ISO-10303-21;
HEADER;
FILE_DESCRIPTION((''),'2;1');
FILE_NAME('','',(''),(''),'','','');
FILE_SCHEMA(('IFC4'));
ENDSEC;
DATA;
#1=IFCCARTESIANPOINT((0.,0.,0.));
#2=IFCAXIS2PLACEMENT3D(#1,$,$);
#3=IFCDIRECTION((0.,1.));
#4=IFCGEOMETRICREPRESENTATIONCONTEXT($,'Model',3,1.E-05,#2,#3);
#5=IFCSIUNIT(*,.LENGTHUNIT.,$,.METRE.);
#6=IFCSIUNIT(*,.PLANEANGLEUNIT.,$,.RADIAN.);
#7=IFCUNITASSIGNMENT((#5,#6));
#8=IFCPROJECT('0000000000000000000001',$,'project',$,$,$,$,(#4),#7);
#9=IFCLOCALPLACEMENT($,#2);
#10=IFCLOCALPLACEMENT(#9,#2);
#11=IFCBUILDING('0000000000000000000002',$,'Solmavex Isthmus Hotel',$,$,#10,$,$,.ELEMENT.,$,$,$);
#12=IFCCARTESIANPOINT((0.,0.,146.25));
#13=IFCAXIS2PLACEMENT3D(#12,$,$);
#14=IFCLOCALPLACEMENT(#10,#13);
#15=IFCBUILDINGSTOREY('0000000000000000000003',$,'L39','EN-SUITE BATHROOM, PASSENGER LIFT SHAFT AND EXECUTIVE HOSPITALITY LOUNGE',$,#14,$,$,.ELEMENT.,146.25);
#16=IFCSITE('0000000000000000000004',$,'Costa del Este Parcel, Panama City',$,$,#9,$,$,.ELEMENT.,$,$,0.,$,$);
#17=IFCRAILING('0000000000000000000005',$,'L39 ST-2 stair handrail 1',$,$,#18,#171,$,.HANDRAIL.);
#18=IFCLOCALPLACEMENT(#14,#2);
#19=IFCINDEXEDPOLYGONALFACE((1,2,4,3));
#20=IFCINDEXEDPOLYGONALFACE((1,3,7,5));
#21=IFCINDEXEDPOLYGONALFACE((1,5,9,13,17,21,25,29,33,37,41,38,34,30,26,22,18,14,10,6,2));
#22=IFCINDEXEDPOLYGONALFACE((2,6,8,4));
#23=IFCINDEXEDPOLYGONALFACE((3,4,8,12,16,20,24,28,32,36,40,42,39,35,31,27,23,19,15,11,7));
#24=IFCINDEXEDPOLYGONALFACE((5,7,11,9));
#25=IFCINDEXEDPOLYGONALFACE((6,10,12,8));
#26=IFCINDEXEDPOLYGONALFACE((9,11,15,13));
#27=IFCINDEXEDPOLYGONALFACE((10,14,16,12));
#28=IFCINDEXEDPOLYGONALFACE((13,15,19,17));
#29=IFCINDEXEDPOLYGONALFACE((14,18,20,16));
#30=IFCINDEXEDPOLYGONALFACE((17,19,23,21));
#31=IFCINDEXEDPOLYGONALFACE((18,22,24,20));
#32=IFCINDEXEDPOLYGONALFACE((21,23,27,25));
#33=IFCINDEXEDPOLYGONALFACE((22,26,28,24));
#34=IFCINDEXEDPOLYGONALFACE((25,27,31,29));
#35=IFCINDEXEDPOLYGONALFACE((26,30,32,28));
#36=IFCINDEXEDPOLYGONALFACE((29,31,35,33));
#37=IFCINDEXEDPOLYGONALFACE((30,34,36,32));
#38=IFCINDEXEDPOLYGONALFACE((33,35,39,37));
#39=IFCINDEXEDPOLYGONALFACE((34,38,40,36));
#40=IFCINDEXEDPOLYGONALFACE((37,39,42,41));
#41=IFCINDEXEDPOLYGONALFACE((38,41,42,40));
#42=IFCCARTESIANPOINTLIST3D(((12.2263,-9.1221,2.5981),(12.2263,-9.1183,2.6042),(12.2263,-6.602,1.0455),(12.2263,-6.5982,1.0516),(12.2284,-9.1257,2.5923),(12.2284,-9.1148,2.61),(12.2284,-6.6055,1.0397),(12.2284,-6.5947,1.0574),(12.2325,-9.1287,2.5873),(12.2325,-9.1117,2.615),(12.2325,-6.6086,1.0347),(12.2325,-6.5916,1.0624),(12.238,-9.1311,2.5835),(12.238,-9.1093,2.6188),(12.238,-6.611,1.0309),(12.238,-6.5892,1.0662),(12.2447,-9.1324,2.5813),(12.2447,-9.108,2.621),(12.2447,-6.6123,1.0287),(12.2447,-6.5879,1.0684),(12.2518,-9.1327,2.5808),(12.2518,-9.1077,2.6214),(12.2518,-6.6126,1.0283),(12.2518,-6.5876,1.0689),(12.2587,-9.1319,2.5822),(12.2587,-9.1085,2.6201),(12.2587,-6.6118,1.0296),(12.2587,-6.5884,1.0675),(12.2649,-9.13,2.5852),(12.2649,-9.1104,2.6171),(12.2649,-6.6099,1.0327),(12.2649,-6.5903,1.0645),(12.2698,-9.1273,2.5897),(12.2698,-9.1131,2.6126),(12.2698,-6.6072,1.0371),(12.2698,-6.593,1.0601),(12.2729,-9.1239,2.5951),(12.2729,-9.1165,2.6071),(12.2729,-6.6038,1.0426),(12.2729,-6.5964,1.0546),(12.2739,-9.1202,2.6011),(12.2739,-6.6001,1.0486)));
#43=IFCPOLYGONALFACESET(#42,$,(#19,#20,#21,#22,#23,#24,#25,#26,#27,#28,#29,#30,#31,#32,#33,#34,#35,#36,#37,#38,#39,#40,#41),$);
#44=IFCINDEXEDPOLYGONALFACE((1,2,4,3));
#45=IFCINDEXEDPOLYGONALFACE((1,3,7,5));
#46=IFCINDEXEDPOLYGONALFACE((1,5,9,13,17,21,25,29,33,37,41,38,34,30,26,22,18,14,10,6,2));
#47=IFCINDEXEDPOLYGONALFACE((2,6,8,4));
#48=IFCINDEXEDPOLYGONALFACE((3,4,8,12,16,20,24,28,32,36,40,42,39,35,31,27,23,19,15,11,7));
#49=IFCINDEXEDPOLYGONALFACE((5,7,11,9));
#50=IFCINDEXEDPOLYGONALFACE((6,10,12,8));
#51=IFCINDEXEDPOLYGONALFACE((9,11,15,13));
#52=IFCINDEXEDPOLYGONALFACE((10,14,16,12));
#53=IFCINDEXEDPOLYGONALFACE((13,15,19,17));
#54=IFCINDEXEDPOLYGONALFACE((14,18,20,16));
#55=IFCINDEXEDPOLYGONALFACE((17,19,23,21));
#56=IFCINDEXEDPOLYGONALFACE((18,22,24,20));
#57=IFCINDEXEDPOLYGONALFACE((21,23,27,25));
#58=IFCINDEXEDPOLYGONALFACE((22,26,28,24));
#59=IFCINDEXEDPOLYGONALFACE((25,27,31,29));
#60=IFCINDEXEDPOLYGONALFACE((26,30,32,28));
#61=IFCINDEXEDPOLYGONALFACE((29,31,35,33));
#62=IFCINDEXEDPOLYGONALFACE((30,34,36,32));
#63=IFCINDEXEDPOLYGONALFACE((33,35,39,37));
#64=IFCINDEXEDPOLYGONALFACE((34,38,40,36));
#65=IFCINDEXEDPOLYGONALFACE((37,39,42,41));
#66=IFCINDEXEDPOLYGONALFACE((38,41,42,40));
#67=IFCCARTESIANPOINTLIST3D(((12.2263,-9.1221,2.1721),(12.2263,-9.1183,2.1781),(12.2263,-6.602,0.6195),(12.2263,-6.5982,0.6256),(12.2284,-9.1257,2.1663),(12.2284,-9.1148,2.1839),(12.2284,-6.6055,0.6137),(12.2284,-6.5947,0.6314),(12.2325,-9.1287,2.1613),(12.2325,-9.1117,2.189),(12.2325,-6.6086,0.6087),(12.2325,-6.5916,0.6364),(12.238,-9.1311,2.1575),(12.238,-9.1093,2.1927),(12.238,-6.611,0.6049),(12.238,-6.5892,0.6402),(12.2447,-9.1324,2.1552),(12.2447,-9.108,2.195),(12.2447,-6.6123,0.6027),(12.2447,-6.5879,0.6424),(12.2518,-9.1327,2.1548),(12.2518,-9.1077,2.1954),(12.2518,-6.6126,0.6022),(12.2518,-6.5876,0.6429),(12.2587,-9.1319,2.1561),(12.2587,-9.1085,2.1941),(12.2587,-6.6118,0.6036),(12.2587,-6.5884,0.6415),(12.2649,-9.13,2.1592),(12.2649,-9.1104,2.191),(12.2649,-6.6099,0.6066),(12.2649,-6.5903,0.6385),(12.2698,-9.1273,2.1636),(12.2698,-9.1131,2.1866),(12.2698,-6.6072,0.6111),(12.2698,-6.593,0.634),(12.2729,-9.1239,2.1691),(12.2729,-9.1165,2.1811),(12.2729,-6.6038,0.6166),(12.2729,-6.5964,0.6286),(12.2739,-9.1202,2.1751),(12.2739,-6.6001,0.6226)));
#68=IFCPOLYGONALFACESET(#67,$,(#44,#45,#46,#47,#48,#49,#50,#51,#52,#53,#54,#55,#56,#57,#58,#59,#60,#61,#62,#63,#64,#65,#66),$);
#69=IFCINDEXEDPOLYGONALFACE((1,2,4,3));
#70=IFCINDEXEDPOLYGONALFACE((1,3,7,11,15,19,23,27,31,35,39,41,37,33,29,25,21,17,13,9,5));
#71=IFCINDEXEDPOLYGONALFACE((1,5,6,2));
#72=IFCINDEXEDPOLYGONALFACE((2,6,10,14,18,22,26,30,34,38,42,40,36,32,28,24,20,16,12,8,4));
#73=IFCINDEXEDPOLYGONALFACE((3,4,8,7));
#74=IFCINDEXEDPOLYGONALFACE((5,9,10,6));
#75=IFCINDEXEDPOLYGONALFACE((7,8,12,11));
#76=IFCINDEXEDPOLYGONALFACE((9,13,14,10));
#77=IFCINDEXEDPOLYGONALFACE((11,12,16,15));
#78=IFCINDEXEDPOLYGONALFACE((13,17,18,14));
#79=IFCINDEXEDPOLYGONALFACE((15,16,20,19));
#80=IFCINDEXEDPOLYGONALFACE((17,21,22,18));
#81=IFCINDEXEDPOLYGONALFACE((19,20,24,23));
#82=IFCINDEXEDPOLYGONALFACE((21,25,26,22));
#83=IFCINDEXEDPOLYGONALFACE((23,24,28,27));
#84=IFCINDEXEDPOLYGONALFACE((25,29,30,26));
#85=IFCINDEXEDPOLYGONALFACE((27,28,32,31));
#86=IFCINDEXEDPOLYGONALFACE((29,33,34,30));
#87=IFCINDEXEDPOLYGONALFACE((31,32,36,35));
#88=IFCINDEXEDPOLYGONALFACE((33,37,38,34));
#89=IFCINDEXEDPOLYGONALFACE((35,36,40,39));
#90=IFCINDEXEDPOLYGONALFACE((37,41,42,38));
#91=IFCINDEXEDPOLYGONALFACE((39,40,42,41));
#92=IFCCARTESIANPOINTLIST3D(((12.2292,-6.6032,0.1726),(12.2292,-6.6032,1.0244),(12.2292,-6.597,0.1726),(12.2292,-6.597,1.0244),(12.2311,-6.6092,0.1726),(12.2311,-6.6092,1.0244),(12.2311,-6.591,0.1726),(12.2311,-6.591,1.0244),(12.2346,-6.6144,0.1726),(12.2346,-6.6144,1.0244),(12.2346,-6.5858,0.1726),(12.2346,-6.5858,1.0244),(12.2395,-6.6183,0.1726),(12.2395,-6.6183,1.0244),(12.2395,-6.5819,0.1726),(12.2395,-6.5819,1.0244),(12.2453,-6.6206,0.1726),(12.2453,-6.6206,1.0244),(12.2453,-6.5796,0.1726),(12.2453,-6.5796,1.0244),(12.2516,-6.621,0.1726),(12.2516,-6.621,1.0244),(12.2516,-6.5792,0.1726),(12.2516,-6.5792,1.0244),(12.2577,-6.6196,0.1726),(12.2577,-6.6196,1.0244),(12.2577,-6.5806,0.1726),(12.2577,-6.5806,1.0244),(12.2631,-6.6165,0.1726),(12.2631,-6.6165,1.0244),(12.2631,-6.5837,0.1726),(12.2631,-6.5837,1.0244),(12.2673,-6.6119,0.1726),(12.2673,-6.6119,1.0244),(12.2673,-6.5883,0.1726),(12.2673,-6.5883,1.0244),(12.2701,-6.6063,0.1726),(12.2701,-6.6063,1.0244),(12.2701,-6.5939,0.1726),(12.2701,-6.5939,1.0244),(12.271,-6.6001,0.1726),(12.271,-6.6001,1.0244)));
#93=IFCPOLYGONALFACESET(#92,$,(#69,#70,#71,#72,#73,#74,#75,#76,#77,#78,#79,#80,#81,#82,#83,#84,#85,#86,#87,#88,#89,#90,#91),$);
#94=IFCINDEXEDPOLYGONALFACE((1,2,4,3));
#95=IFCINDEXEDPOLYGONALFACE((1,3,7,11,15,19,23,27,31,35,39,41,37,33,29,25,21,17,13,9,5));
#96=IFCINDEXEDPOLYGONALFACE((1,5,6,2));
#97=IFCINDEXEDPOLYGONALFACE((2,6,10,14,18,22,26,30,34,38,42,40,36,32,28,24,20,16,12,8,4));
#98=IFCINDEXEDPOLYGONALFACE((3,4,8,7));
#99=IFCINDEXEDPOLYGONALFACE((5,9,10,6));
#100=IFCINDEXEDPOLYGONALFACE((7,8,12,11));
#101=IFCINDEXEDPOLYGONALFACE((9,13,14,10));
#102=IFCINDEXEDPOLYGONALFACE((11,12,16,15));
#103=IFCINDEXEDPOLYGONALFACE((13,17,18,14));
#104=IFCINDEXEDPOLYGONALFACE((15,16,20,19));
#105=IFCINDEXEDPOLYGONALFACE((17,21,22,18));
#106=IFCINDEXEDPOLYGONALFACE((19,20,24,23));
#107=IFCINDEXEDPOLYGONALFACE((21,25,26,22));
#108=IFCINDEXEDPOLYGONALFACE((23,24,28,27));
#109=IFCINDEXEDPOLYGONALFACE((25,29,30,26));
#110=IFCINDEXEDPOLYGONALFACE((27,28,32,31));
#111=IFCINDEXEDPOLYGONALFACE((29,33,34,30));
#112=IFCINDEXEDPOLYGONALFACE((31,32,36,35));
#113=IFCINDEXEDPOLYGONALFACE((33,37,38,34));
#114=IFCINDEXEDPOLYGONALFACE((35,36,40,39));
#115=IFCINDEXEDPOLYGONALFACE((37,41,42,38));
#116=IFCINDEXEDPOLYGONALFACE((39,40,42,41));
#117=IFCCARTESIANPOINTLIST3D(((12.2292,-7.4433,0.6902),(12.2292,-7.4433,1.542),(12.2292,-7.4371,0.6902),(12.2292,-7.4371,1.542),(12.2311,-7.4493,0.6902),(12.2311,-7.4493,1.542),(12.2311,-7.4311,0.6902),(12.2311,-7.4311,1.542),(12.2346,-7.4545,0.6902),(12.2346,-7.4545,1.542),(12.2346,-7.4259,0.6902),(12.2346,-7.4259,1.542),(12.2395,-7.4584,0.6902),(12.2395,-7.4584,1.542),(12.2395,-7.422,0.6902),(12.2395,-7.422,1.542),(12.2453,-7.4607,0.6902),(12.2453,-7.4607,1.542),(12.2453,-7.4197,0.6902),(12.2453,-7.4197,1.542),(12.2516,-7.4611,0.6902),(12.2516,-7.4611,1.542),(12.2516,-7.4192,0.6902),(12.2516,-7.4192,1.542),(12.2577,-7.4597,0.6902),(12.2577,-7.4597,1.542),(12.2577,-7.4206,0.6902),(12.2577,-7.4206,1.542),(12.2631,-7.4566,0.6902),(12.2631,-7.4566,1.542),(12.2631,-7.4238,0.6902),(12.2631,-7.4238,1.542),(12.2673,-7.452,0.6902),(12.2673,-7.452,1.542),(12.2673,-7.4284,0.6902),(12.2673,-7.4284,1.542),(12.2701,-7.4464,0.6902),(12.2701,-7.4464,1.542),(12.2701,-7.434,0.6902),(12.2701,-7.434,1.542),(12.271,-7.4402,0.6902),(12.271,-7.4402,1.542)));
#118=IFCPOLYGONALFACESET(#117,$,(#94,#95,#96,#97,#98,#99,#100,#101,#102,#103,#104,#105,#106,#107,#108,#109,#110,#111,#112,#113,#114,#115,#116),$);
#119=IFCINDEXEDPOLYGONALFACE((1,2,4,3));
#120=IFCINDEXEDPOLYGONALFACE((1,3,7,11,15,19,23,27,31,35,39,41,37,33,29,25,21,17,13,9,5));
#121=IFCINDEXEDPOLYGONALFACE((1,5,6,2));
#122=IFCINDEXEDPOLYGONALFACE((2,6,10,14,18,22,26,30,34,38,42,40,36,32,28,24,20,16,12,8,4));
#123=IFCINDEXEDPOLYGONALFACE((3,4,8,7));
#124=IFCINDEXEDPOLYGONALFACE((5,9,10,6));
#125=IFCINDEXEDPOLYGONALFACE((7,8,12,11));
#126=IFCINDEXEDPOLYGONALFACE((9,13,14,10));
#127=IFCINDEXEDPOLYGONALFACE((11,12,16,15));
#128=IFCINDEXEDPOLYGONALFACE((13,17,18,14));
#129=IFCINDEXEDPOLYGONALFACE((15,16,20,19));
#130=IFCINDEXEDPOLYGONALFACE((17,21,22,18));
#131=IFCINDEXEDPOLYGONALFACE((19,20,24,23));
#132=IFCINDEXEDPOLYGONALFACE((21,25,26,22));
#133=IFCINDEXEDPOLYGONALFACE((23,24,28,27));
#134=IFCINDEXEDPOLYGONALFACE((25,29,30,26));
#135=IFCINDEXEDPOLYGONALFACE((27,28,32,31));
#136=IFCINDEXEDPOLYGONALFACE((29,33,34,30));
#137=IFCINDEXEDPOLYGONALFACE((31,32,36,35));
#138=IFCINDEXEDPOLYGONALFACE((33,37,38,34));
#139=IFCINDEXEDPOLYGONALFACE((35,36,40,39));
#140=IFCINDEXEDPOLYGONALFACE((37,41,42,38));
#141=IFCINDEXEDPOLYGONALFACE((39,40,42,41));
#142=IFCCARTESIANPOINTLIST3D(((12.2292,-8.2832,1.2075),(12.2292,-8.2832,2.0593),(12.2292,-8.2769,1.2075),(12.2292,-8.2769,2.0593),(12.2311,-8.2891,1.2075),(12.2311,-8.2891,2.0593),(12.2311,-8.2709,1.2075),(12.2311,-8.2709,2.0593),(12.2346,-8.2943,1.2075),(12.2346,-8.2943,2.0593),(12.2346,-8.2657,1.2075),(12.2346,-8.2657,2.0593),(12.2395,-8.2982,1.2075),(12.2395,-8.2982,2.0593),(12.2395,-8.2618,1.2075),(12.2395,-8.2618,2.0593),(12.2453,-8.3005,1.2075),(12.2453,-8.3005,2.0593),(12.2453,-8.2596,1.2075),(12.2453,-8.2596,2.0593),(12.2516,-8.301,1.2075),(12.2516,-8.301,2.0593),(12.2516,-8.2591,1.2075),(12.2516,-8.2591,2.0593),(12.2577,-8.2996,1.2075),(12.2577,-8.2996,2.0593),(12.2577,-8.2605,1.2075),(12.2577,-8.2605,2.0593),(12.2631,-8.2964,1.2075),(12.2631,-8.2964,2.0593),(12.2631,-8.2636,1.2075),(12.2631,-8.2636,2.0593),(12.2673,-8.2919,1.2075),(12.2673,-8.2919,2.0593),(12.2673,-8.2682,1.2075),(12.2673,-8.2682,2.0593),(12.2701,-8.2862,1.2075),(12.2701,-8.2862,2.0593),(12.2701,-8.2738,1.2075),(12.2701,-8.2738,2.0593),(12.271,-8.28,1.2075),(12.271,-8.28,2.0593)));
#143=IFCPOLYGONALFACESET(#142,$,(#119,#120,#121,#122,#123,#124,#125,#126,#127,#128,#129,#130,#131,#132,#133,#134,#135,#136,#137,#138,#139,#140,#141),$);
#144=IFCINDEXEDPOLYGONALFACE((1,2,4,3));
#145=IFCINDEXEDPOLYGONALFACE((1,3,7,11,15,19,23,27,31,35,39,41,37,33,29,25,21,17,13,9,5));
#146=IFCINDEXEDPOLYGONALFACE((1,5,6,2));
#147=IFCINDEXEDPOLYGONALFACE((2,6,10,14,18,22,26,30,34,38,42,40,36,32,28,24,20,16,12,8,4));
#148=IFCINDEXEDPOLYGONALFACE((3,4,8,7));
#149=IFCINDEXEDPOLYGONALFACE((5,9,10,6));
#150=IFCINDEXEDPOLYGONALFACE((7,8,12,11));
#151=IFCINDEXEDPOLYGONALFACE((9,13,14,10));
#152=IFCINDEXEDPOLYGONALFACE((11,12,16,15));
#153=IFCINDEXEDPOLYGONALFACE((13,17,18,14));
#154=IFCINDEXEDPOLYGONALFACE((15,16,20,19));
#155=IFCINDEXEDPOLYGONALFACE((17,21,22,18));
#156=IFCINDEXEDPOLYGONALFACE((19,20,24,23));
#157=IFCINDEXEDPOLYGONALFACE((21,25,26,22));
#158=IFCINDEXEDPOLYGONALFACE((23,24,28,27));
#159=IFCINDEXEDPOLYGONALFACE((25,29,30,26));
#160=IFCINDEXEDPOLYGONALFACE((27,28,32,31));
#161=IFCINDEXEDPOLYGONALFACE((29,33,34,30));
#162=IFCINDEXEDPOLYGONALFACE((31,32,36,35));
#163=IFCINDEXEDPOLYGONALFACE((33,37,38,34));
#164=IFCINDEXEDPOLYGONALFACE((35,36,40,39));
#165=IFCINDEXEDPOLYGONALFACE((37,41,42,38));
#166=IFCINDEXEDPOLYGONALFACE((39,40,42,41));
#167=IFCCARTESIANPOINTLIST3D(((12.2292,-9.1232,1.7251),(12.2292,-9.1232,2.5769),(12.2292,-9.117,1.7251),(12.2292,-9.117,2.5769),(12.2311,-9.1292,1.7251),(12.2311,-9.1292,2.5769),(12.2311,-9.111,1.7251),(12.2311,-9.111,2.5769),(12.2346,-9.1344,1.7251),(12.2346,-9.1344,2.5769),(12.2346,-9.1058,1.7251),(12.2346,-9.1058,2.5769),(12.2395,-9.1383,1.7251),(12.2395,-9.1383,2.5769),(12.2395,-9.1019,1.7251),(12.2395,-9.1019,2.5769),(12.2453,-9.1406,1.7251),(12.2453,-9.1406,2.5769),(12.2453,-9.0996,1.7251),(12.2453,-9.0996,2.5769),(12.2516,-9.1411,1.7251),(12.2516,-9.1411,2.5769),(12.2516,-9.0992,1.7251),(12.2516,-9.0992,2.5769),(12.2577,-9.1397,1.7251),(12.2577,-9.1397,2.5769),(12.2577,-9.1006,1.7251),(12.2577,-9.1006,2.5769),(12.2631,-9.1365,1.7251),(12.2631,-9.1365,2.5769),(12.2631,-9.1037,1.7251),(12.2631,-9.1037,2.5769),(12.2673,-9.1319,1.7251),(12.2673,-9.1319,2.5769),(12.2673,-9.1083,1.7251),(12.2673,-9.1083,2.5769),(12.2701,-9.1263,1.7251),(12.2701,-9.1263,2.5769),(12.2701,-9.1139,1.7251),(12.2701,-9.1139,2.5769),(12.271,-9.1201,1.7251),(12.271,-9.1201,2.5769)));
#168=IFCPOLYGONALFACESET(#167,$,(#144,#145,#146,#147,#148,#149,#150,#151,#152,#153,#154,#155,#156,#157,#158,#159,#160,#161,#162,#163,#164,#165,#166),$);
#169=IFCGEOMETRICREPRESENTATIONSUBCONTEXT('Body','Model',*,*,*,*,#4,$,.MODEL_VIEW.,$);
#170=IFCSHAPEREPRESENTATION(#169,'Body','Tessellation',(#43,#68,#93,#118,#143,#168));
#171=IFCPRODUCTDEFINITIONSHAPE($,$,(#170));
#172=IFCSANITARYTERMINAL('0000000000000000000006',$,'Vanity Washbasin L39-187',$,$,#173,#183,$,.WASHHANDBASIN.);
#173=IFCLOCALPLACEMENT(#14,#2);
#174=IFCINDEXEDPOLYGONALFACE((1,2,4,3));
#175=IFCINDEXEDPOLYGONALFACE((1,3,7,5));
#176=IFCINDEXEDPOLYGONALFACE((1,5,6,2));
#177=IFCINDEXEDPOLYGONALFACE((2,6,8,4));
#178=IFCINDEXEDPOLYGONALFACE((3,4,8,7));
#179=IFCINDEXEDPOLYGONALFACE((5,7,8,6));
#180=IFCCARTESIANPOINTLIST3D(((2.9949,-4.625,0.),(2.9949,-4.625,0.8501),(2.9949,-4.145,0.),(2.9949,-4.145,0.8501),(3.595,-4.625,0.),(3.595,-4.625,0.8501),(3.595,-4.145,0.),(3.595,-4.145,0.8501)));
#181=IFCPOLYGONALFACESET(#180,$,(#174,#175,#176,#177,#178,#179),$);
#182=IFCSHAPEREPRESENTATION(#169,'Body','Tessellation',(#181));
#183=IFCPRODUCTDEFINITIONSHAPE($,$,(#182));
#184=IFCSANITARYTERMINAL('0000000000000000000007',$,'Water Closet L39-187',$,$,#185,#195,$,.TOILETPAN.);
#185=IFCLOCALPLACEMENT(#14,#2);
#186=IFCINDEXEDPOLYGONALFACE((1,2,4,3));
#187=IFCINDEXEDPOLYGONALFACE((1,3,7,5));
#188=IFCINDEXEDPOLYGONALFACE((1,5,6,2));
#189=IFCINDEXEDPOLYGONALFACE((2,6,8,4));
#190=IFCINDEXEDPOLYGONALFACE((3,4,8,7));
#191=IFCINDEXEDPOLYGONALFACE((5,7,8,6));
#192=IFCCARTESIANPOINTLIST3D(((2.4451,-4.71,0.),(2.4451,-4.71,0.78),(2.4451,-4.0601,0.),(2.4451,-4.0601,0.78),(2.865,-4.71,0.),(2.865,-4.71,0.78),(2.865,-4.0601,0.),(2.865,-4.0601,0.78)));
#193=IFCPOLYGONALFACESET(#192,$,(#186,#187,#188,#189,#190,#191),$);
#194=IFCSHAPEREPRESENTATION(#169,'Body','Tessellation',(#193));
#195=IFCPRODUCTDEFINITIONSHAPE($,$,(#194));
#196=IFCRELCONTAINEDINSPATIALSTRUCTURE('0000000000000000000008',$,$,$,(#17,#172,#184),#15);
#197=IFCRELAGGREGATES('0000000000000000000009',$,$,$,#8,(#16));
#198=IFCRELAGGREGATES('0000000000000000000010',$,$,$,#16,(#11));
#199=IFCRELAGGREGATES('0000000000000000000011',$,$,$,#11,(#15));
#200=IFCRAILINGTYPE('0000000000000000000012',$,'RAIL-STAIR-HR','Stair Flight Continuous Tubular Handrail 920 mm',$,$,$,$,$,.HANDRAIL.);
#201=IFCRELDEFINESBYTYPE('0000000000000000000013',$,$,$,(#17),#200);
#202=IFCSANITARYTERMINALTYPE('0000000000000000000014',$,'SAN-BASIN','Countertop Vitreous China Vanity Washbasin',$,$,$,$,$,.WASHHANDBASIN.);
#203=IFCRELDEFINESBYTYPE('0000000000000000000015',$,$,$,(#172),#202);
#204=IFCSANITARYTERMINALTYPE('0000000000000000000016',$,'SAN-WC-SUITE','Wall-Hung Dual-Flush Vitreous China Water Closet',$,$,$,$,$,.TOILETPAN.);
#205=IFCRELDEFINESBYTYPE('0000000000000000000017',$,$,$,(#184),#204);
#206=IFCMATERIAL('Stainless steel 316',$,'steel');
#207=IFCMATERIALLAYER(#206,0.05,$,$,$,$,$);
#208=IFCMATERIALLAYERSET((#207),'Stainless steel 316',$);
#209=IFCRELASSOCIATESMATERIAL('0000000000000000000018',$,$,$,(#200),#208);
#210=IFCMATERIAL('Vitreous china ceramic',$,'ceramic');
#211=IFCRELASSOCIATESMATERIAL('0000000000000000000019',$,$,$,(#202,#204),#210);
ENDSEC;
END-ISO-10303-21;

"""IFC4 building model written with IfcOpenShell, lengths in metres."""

from ifc_helpers import new_model, si_unit, direction, frame, origin, origin_2d, place, context, subcontext, project, spatial, rectangle, circle, extrude, material, layer, layer_set, type_object, element, save


model = new_model("IFC4")

# Units and contexts
model_context = context("Model", 3, precision=1e-05, world=origin(), true_north=direction((0.0, 1.0)))
body_context = subcontext(model_context, "Body", "Model", "MODEL_VIEW")
ifc_project = project(units=[si_unit("LENGTHUNIT", "METRE"), si_unit("PLANEANGLEUNIT", "RADIAN")], contexts=[model_context])

# Site, building, storey
site_placement = place(None, origin())
site = spatial("IfcSite", under=ifc_project, at=site_placement, Name="Costa del Este Parcel, Panama City", CompositionType="ELEMENT", RefElevation=0.0)
building_placement = place(site_placement, origin())
building = spatial("IfcBuilding", under=site, at=building_placement, Name="Solmavex Isthmus Hotel", CompositionType="ELEMENT")
storey_placement = place(building_placement, frame((0.0, 0.0, 146.25)))
storey = spatial("IfcBuildingStorey", under=building, at=storey_placement, Name="L39", Description="EN-SUITE BATHROOM, PASSENGER LIFT SHAFT AND EXECUTIVE HOSPITALITY LOUNGE", CompositionType="ELEMENT", Elevation=146.25)

# Shared definitions
ifc_material_1 = material(Name="Stainless steel 316", Category="steel")

# Railing
ifc_layer_1 = layer(ifc_material_1, 0.05)
ifc_layer_set_1 = layer_set([ifc_layer_1], Name="Stainless steel 316")
railing_type_1 = type_object("IfcRailingType", Name="RAIL-STAIR-HR", Description="Stair Flight Continuous Tubular Handrail 920 mm", PredefinedType="HANDRAIL", material=ifc_layer_set_1)
railing_1_placement = place(storey_placement, frame((12.25, -6.6001, 0.1726)))
element("IfcRailing", 1, at=railing_1_placement, inside=storey, type_object=railing_type_1, Name="L39 ST-2 stair handrail 1", PredefinedType="HANDRAIL", context=body_context, shape_type="SweptSolid", body=[
    extrude(circle(Radius=0.0239, at=origin_2d()), frame((0.0, 0.0, 0.876), z_axis=(0.0, -0.8514, 0.524516), x_axis=(1.0, 0.0, 0.0)), (0.0, 0.0, 1.0), 2.96),
    extrude(circle(Radius=0.0239, at=origin_2d()), frame((0.0, 0.0, 0.45), z_axis=(0.0, -0.8514, 0.524516), x_axis=(1.0, 0.0, 0.0)), (0.0, 0.0, 1.0), 2.96),
    extrude(circle(Radius=0.021, at=origin_2d()), origin(), (0.0, 0.0, 1.0), 0.8518),
    extrude(circle(Radius=0.021, at=origin_2d()), frame((0.0, -0.8401, 0.5176)), (0.0, 0.0, 1.0), 0.8518),
    extrude(circle(Radius=0.021, at=origin_2d()), frame((0.0, -1.6799, 1.0349)), (0.0, 0.0, 1.0), 0.8518),
    extrude(circle(Radius=0.021, at=origin_2d()), frame((0.0, -2.52, 1.5525)), (0.0, 0.0, 1.0), 0.8518),
])

# Sanitary terminals
ifc_material_2 = material(Name="Vitreous china ceramic", Category="ceramic")
sanitary_terminal_type_1 = type_object("IfcSanitaryTerminalType", Name="SAN-BASIN", Description="Countertop Vitreous China Vanity Washbasin", PredefinedType="WASHHANDBASIN", material=ifc_material_2)
sanitary_terminal_1_placement = place(storey_placement, frame((3.2949, -4.385, 0.0), z_axis=(0.0, 0.0, 1.0), x_axis=(1.0, 0.0, 0.0)))
element("IfcSanitaryTerminal", 2, at=sanitary_terminal_1_placement, inside=storey, type_object=sanitary_terminal_type_1, Name="Vanity Washbasin L39-187", PredefinedType="WASHHANDBASIN", context=body_context, shape_type="SweptSolid", body=[
    extrude(rectangle(XDim=0.6001, YDim=0.48, at=origin_2d()), origin(), (0.0, 0.0, 1.0), 0.8501),
])
sanitary_terminal_type_2 = type_object("IfcSanitaryTerminalType", Name="SAN-WC-SUITE", Description="Wall-Hung Dual-Flush Vitreous China Water Closet", PredefinedType="TOILETPAN", material=ifc_material_2)
sanitary_terminal_2_placement = place(storey_placement, frame((2.655, -4.385, 0.0), z_axis=(0.0, 0.0, 1.0), x_axis=(1.0, 0.0, 0.0)))
element("IfcSanitaryTerminal", 3, at=sanitary_terminal_2_placement, inside=storey, type_object=sanitary_terminal_type_2, Name="Water Closet L39-187", PredefinedType="TOILETPAN", context=body_context, shape_type="SweptSolid", body=[
    extrude(rectangle(XDim=0.4199, YDim=0.6499, at=origin_2d()), origin(), (0.0, 0.0, 1.0), 0.78),
])

save(model, "model.ifc")
